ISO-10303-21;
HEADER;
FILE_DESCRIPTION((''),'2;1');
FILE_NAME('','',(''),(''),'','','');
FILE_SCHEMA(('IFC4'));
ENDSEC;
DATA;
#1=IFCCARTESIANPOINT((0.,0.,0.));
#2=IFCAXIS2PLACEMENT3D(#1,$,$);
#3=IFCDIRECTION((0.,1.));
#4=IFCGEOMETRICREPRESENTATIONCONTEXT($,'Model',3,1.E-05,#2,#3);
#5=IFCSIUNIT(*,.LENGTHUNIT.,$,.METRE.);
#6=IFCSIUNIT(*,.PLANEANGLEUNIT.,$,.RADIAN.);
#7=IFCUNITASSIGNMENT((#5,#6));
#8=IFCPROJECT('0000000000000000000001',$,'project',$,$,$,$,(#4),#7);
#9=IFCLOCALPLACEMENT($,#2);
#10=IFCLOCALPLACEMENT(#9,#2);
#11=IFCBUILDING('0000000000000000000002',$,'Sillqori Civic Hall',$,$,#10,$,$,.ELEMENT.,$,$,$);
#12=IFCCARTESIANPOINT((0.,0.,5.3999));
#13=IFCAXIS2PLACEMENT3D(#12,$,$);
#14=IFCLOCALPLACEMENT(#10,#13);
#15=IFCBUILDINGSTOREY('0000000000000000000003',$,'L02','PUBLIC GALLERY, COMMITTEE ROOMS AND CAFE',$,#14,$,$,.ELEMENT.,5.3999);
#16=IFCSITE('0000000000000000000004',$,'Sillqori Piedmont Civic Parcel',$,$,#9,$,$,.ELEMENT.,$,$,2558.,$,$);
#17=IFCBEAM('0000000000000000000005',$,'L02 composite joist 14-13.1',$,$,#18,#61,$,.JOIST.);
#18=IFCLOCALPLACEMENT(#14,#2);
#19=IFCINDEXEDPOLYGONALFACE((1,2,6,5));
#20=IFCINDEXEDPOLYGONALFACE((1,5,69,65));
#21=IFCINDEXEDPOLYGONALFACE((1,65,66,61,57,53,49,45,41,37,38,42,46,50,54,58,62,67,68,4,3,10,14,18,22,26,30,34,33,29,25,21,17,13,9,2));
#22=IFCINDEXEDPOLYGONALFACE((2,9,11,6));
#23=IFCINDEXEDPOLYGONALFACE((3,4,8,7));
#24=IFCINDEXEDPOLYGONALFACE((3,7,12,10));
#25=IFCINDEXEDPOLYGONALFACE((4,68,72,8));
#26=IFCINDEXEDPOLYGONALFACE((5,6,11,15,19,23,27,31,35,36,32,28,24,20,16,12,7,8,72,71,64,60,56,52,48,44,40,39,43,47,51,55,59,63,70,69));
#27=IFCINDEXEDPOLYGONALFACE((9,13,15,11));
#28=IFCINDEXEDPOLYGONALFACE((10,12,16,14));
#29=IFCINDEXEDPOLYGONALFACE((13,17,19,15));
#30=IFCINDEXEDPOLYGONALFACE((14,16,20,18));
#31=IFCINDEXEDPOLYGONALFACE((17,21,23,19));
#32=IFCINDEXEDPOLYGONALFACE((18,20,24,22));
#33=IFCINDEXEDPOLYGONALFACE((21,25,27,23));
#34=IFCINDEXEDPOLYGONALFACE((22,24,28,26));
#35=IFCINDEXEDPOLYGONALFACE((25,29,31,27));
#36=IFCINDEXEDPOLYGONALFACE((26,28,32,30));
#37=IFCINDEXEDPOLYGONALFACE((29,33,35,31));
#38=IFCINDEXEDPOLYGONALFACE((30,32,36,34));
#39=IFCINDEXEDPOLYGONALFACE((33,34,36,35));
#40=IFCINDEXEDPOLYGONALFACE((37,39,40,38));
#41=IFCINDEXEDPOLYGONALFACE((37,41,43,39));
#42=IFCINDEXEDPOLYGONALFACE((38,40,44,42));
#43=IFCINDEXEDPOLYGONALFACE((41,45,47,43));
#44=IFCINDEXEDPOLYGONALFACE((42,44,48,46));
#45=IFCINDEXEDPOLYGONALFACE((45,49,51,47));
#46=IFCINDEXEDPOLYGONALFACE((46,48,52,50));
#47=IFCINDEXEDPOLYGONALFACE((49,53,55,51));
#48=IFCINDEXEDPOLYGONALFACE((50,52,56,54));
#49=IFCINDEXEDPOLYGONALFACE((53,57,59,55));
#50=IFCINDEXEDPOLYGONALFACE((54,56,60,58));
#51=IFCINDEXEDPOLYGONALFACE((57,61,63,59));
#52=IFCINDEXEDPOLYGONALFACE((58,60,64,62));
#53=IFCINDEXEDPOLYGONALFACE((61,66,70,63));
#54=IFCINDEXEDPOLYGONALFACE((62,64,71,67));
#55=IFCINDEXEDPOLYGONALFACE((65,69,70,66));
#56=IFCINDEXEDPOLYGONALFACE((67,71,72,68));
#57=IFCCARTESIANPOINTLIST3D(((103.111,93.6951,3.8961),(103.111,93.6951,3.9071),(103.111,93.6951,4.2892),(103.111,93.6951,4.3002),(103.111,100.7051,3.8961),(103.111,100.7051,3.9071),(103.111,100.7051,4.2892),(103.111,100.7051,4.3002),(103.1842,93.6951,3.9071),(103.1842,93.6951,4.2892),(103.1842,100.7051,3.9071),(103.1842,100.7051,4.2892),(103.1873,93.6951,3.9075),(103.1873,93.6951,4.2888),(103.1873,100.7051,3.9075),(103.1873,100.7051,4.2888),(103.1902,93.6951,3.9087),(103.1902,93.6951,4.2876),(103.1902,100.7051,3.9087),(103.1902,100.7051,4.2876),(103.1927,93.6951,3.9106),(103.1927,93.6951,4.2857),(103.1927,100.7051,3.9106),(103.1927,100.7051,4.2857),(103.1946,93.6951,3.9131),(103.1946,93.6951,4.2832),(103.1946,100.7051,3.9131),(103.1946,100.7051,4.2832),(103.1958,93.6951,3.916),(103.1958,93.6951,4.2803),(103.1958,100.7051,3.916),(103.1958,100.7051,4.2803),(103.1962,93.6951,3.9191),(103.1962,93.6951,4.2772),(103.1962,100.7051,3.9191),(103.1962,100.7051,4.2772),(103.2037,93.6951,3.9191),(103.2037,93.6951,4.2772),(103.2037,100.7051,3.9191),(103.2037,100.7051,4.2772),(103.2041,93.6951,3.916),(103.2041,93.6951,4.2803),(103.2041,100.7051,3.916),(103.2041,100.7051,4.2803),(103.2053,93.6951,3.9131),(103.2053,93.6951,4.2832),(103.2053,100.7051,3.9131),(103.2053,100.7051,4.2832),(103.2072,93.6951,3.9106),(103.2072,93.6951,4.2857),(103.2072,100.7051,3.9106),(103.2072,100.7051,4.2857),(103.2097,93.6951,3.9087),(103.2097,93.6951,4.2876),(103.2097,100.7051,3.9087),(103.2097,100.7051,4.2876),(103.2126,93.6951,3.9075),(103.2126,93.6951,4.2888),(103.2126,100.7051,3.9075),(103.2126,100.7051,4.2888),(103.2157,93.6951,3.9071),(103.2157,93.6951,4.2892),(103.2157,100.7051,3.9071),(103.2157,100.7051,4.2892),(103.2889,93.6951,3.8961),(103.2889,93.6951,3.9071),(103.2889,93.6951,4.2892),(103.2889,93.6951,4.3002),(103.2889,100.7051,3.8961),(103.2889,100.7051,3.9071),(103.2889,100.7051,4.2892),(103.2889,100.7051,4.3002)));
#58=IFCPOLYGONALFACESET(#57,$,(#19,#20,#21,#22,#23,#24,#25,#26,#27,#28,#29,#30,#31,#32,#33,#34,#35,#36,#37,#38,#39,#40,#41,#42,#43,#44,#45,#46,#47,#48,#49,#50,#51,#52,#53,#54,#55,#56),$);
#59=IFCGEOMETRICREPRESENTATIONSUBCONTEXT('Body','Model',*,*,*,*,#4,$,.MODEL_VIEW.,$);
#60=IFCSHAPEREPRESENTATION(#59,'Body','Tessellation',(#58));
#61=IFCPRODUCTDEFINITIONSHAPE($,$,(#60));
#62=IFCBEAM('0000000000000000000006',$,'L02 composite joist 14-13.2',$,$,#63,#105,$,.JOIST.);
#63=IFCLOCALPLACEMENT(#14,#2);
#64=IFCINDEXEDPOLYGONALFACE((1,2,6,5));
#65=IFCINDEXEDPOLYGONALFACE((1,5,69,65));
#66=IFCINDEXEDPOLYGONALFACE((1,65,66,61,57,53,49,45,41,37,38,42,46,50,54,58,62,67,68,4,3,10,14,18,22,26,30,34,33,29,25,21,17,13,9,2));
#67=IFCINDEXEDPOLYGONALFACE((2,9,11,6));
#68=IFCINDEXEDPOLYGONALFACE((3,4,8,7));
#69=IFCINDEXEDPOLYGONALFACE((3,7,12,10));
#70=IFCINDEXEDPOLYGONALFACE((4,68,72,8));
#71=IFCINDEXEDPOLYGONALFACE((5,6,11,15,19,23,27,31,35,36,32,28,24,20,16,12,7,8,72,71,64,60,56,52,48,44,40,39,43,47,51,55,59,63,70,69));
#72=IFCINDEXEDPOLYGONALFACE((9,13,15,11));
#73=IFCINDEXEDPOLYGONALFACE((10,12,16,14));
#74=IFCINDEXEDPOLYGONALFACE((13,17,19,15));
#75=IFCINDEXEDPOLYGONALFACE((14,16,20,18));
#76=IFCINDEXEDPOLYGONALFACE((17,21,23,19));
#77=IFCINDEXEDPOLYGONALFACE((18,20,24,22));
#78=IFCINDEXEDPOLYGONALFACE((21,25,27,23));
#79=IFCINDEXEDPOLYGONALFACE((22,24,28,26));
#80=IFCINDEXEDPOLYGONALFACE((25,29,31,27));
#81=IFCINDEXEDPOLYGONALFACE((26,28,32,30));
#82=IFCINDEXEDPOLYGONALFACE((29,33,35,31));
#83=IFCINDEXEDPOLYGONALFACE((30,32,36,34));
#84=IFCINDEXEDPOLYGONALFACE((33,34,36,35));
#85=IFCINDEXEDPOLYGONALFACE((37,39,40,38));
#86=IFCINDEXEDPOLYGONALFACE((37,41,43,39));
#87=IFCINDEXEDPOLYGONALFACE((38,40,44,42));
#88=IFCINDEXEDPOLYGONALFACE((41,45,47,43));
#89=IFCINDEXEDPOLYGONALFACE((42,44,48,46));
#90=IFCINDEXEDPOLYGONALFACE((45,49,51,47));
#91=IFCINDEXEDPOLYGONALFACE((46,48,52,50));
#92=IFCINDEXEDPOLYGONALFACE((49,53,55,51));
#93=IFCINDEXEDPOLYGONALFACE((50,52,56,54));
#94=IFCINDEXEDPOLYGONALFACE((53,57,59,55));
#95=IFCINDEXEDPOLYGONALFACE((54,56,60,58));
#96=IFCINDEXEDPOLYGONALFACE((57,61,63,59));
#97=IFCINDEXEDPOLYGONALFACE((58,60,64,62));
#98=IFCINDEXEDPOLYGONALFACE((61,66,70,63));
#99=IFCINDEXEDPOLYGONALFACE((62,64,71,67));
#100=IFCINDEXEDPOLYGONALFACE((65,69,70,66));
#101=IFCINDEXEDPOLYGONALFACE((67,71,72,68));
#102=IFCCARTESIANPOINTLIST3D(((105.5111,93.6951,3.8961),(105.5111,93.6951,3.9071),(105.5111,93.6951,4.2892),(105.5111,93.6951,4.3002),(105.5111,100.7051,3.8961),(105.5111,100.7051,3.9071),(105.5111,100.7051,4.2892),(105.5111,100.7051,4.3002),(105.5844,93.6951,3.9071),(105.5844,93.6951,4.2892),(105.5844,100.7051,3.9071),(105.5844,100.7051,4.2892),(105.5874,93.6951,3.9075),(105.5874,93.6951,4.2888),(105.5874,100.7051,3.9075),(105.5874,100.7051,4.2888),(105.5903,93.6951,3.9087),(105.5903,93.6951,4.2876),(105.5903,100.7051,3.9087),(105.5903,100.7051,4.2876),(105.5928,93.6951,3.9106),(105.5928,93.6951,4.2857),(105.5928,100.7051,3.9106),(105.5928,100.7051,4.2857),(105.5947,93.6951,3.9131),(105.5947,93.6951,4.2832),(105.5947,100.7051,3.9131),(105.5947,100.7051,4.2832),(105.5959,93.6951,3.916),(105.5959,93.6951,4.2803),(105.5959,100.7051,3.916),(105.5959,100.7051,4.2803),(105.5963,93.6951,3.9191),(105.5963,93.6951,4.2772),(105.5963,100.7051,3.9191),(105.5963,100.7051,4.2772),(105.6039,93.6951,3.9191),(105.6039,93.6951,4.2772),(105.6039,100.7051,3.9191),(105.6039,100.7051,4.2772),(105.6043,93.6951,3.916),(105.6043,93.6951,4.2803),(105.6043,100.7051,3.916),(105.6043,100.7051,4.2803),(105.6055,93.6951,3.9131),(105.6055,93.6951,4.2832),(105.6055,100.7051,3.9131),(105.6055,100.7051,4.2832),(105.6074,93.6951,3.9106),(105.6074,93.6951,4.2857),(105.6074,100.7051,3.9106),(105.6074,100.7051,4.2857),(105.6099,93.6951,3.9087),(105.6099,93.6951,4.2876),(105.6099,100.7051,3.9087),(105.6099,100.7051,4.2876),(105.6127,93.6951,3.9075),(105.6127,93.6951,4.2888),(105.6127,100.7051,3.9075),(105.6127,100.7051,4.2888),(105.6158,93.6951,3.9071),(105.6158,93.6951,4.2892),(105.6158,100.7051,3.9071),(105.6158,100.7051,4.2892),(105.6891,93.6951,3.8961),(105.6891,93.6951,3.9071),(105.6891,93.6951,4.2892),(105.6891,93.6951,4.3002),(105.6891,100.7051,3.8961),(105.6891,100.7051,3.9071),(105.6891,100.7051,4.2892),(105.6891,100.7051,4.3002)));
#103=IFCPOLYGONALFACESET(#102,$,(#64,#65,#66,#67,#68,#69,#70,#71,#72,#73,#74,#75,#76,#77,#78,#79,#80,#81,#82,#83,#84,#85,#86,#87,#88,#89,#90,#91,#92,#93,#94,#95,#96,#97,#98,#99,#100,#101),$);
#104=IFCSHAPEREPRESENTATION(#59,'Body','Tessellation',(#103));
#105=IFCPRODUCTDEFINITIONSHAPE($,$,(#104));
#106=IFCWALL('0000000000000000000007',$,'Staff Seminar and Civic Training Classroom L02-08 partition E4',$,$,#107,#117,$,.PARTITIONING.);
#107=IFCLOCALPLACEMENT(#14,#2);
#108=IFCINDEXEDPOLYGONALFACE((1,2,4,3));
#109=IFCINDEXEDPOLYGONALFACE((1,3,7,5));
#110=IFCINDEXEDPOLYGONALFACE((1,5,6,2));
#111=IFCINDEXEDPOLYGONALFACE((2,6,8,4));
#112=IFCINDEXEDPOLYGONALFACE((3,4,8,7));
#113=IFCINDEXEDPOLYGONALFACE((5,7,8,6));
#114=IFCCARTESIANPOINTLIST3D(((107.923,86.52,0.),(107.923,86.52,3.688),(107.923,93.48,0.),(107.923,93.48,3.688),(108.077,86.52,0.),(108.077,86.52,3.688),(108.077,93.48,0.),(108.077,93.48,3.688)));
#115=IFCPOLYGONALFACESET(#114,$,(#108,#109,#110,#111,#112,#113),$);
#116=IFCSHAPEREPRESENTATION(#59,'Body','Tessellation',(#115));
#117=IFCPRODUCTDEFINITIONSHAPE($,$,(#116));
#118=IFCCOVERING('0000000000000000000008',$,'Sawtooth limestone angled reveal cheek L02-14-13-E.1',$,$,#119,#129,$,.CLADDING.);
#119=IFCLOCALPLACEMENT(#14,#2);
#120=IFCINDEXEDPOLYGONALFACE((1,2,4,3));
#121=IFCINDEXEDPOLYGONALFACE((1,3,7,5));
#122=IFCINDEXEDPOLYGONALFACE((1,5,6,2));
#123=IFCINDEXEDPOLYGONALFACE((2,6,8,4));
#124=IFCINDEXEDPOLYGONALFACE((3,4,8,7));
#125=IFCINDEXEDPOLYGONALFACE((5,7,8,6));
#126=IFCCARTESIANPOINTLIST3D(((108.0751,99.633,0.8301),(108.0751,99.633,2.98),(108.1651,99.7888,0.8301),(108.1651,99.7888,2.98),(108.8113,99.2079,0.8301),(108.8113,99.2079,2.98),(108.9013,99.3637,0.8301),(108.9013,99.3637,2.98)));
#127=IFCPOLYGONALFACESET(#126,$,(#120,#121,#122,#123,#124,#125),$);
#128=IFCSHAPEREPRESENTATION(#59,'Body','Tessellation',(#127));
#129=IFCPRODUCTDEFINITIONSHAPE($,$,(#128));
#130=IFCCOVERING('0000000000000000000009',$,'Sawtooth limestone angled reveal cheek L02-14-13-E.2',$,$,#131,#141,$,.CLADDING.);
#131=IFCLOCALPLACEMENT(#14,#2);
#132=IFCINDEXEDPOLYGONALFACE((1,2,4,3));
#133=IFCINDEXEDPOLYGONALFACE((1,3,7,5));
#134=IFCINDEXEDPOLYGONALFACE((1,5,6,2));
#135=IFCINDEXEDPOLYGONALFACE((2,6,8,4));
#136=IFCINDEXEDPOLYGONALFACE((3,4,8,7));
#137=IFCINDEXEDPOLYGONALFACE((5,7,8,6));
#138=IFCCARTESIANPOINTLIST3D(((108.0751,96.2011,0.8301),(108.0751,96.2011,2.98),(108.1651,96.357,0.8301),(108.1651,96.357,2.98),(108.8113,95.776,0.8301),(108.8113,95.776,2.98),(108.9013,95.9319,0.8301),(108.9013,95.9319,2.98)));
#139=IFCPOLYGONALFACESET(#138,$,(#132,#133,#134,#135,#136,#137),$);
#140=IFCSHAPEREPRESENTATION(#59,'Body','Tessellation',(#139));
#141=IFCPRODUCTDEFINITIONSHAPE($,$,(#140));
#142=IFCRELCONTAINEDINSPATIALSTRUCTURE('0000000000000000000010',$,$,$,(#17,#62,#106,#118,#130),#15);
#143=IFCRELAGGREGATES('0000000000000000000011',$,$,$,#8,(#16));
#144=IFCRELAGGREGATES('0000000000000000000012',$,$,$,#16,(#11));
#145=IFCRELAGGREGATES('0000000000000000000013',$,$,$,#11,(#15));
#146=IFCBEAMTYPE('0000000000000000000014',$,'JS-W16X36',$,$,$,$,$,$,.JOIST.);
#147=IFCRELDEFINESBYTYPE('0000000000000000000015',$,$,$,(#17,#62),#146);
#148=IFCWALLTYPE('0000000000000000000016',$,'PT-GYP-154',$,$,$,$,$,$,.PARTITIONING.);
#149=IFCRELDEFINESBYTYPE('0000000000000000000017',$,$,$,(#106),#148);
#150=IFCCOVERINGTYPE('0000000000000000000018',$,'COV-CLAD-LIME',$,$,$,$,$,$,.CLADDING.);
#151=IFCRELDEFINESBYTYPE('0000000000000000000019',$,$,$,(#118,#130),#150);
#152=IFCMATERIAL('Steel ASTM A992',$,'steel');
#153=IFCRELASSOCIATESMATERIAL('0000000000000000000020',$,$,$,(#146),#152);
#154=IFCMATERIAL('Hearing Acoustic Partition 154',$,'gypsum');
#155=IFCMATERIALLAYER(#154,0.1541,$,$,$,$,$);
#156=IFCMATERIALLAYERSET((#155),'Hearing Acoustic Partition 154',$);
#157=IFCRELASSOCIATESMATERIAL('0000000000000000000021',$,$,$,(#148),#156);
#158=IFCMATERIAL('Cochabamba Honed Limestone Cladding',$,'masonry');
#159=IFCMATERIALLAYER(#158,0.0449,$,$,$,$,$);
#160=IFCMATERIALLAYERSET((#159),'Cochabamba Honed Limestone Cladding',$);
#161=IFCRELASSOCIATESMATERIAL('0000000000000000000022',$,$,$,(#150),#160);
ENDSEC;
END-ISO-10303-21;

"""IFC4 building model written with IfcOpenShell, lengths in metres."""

from ifc_helpers import new_model, si_unit, direction, frame, frame_2d, origin, origin_2d, place, context, subcontext, project, spatial, rectangle, i_section, extrude, material, layer, layer_set, material_profile, profile_set, type_object, element, save


model = new_model("IFC4")

# Units and contexts
model_context = context("Model", 3, precision=1e-05, world=origin(), true_north=direction((0.0, 1.0)))
body_context = subcontext(model_context, "Body", "Model", "MODEL_VIEW")
ifc_project = project(units=[si_unit("LENGTHUNIT", "METRE"), si_unit("PLANEANGLEUNIT", "RADIAN")], contexts=[model_context])

# Site, building, storey
site_placement = place(None, origin())
site = spatial("IfcSite", under=ifc_project, at=site_placement, Name="Sillqori Piedmont Civic Parcel", CompositionType="ELEMENT", RefElevation=2558.0)
building_placement = place(site_placement, origin())
building = spatial("IfcBuilding", under=site, at=building_placement, Name="Sillqori Civic Hall", CompositionType="ELEMENT")
storey_placement = place(building_placement, frame((0.0, 0.0, 5.3999)))
storey = spatial("IfcBuildingStorey", under=building, at=storey_placement, Name="L02", Description="PUBLIC GALLERY, COMMITTEE ROOMS AND CAFE", CompositionType="ELEMENT", Elevation=5.3999)

# Beams
ifc_material_1 = material(Name="Steel ASTM A992", Category="steel")
ifc_material_profile_1 = material_profile(ifc_material_1, i_section(OverallWidth=0.178, OverallDepth=0.4041, WebThickness=0.0076, FlangeThickness=0.011, FilletRadius=0.012, at=origin_2d()), Name="W16X36")
ifc_profile_set_1 = profile_set([ifc_material_profile_1], Name="Steel ASTM A992")
beam_type_1 = type_object("IfcBeamType", Name="JS-W16X36", PredefinedType="JOIST", material=ifc_profile_set_1)
for number, where, z_axis, x_axis, name in (
    (1, (103.2, 93.6951, 4.0981), (0.0, 1.0, 0.0), (-1.0, 0.0, 0.0), "L02 composite joist 14-13.1"),
    (2, (105.6001, 93.6951, 4.0981), (0.0, 1.0, 0.0), (-1.0, 0.0, 0.0), "L02 composite joist 14-13.2"),
):
    element("IfcBeam", number, at=place(storey_placement, frame(where, z_axis=z_axis, x_axis=x_axis)), inside=storey, type_object=beam_type_1, Name=name, PredefinedType="JOIST", context=body_context, shape_type="SweptSolid", body=[
        extrude(i_section(OverallWidth=0.178, OverallDepth=0.4041, WebThickness=0.0076, FlangeThickness=0.011, FilletRadius=0.012, at=origin_2d()), origin(), (0.0, 0.0, 1.0), 7.01),
    ])

# Wall
ifc_material_2 = material(Name="Hearing Acoustic Partition 154", Category="gypsum")
ifc_layer_1 = layer(ifc_material_2, 0.1541)
ifc_layer_set_1 = layer_set([ifc_layer_1], Name="Hearing Acoustic Partition 154")
wall_type = type_object("IfcWallType", Name="PT-GYP-154", PredefinedType="PARTITIONING", material=ifc_layer_set_1)
wall_placement = place(storey_placement, frame((108.0, 93.48, 0.0), z_axis=(0.0, 0.0, 1.0), x_axis=(0.0, -1.0, 0.0)))
element("IfcWall", 3, at=wall_placement, inside=storey, type_object=wall_type, Name="Staff Seminar and Civic Training Classroom L02-08 partition E4", PredefinedType="PARTITIONING", context=body_context, shape_type="SweptSolid", body=[
    extrude(rectangle(XDim=6.96, YDim=0.1541, at=frame_2d((3.48, 0.0))), origin(), (0.0, 0.0, 1.0), 3.688),
])

# Coverings
ifc_material_3 = material(Name="Cochabamba Honed Limestone Cladding", Category="masonry")
ifc_layer_2 = layer(ifc_material_3, 0.0449)
ifc_layer_set_2 = layer_set([ifc_layer_2], Name="Cochabamba Honed Limestone Cladding")
covering_type = type_object("IfcCoveringType", Name="COV-CLAD-LIME", PredefinedType="CLADDING", material=ifc_layer_set_2)
for number, where, z_axis, x_axis, name in (
    (4, (108.1201, 99.7109, 0.8301), (0.0, 0.0, 1.0), (0.865989, -0.500062, 0.0), "Sawtooth limestone angled reveal cheek L02-14-13-E.1"),
    (5, (108.1201, 96.2791, 0.8301), (0.0, 0.0, 1.0), (0.865989, -0.500062, 0.0), "Sawtooth limestone angled reveal cheek L02-14-13-E.2"),
):
    element("IfcCovering", number, at=place(storey_placement, frame(where, z_axis=z_axis, x_axis=x_axis)), inside=storey, type_object=covering_type, Name=name, PredefinedType="CLADDING", context=body_context, shape_type="SweptSolid", body=[
        extrude(rectangle(XDim=0.8501, YDim=0.1799, at=frame_2d((0.425, 0.0))), origin(), (0.0, 0.0, 1.0), 2.1499),
    ])

save(model, "model.ifc")
